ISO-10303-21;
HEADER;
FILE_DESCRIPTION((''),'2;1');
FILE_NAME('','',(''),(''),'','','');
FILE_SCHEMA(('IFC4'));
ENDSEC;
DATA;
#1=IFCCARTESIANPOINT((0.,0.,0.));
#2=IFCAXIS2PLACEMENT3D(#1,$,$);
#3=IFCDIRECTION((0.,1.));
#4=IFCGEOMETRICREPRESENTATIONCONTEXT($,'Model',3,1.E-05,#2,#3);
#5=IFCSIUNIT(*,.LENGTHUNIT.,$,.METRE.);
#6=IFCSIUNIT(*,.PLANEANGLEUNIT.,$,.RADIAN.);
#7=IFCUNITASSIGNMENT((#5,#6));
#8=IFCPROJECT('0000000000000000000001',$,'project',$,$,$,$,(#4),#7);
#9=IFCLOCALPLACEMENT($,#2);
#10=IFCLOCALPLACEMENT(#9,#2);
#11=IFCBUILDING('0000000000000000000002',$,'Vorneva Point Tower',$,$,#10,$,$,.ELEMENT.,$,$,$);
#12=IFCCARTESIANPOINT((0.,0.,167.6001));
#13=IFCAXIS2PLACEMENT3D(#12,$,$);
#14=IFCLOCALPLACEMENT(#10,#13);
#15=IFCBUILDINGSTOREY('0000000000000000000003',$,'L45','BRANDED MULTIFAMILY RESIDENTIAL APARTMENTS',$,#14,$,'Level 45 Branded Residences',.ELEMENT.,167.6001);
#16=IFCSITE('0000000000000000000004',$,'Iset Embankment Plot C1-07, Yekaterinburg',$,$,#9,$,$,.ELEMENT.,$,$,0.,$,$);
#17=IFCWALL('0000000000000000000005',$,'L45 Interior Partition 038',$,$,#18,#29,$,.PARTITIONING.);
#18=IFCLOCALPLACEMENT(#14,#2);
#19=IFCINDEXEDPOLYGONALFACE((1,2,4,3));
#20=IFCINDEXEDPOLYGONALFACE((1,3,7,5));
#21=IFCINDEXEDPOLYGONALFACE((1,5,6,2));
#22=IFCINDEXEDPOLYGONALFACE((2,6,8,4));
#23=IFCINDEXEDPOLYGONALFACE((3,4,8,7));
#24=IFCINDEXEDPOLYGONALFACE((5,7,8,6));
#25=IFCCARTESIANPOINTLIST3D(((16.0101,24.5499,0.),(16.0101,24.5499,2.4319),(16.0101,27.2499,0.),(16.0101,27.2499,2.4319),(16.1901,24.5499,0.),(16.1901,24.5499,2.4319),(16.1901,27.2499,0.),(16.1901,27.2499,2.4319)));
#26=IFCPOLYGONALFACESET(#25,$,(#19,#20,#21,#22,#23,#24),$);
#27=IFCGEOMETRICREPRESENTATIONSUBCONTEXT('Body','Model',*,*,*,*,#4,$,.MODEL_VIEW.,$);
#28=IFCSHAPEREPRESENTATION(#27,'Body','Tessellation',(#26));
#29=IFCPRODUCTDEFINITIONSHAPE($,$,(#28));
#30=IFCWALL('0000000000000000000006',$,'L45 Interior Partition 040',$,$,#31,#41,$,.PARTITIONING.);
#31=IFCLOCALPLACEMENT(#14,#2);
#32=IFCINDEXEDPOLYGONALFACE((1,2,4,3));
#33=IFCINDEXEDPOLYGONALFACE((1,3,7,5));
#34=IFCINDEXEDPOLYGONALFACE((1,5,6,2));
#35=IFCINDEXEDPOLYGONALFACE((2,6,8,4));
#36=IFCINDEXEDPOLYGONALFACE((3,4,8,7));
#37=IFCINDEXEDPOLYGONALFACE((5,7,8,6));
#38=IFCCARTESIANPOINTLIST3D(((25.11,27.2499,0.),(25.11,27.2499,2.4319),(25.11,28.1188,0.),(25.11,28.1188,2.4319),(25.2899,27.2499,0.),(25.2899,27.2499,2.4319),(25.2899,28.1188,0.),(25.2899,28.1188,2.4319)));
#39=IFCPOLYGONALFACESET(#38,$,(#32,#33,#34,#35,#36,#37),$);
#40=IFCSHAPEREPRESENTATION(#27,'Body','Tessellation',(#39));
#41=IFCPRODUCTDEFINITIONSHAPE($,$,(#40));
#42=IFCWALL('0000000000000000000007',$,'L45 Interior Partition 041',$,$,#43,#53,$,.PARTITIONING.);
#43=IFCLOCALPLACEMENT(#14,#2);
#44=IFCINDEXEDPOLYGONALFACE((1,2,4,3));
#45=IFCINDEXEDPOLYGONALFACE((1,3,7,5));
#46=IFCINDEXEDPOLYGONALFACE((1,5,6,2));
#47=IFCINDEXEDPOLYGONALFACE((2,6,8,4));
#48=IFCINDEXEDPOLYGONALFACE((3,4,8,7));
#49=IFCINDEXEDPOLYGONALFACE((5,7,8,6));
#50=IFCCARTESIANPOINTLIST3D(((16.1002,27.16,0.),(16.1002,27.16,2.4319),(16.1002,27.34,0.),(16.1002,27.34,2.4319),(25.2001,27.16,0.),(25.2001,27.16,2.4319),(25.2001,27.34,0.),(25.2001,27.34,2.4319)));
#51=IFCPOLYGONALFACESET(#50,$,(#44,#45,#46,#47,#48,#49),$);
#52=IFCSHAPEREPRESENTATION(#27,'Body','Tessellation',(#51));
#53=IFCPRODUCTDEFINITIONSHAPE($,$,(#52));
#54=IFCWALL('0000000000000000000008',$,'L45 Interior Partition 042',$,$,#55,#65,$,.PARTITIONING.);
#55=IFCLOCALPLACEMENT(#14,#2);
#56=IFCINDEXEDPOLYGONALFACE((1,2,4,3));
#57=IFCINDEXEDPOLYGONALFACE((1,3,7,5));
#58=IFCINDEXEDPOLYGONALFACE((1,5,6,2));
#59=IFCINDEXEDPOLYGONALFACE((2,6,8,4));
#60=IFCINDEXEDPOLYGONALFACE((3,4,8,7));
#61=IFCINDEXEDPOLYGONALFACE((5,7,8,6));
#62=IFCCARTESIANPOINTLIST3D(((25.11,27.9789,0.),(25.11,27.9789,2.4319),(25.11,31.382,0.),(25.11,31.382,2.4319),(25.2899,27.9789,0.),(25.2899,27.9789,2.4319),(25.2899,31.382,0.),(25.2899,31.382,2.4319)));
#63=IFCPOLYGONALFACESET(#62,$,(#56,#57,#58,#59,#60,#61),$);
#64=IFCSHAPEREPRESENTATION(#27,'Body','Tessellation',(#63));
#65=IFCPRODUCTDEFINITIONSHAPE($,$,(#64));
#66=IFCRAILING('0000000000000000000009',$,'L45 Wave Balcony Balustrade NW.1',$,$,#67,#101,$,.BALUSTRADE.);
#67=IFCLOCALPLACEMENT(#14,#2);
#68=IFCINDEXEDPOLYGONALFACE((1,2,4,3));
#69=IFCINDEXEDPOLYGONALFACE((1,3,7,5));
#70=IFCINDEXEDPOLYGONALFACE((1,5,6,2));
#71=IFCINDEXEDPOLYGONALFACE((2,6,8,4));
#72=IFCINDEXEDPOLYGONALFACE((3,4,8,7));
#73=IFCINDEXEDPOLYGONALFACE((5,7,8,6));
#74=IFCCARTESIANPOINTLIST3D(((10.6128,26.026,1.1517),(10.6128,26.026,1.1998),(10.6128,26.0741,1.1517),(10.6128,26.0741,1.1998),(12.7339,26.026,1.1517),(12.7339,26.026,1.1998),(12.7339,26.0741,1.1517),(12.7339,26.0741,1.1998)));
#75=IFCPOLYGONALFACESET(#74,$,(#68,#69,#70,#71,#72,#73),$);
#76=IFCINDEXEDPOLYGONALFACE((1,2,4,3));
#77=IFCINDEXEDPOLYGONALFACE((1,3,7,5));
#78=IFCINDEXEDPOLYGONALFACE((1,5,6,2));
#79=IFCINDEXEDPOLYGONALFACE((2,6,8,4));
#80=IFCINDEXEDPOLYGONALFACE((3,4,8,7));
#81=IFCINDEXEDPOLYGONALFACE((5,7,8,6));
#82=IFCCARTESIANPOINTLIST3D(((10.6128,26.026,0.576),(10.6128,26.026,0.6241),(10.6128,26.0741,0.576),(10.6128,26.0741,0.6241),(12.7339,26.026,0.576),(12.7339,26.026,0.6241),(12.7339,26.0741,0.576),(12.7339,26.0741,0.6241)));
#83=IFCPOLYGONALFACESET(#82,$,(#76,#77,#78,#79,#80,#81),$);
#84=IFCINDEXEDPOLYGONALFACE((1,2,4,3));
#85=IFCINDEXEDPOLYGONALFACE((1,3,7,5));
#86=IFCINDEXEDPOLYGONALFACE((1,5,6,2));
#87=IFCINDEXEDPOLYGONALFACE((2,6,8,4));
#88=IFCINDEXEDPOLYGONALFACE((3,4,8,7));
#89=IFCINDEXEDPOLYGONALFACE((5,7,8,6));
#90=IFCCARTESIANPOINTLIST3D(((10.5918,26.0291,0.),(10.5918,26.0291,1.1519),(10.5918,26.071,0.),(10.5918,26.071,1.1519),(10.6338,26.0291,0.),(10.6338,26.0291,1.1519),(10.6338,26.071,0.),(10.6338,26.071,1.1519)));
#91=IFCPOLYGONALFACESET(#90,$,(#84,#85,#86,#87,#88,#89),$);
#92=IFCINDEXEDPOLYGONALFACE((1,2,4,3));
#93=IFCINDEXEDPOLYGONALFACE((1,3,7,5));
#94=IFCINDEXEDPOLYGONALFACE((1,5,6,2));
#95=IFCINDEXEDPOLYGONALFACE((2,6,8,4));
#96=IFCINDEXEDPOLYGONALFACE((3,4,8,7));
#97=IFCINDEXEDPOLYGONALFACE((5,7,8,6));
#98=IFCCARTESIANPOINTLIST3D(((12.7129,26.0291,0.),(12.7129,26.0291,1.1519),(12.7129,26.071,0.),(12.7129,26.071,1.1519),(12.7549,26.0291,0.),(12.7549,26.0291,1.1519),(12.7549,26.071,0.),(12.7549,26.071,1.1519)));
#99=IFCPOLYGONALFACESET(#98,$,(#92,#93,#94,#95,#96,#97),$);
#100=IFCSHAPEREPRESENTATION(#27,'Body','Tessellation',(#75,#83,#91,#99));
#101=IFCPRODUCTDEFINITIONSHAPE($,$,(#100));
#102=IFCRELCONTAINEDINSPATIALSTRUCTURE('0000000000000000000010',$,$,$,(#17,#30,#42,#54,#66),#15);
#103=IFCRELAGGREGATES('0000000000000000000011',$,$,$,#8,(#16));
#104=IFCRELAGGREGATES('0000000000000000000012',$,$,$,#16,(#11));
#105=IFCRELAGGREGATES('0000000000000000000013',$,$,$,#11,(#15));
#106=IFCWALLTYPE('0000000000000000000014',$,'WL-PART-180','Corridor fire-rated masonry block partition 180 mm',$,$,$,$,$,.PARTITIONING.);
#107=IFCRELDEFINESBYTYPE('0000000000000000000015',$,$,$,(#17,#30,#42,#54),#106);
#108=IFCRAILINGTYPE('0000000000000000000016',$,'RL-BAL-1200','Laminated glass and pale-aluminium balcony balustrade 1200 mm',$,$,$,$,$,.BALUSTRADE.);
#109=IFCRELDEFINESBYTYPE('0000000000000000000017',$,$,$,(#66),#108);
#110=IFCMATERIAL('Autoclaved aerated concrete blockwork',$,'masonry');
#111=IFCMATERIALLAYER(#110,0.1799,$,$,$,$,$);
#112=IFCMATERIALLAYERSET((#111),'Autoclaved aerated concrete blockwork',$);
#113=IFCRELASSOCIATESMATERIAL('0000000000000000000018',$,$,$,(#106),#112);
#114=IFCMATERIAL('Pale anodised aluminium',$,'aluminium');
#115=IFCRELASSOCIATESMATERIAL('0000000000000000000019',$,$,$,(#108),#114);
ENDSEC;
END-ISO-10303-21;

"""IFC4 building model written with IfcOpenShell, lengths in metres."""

from ifc_helpers import new_model, si_unit, direction, frame, frame_2d, origin, origin_2d, place, context, subcontext, project, spatial, rectangle, extrude, material, layer, layer_set, type_object, element, save


model = new_model("IFC4")

# Units and contexts
model_context = context("Model", 3, precision=1e-05, world=origin(), true_north=direction((0.0, 1.0)))
body_context = subcontext(model_context, "Body", "Model", "MODEL_VIEW")
ifc_project = project(units=[si_unit("LENGTHUNIT", "METRE"), si_unit("PLANEANGLEUNIT", "RADIAN")], contexts=[model_context])

# Site, building, storey
site_placement = place(None, origin())
site = spatial("IfcSite", under=ifc_project, at=site_placement, Name="Iset Embankment Plot C1-07, Yekaterinburg", CompositionType="ELEMENT", RefElevation=0.0)
building_placement = place(site_placement, origin())
building = spatial("IfcBuilding", under=site, at=building_placement, Name="Vorneva Point Tower", CompositionType="ELEMENT")
storey_placement = place(building_placement, frame((0.0, 0.0, 167.6001)))
storey = spatial("IfcBuildingStorey", under=building, at=storey_placement, Name="L45", Description="BRANDED MULTIFAMILY RESIDENTIAL APARTMENTS", LongName="Level 45 Branded Residences", CompositionType="ELEMENT", Elevation=167.6001)

# Shared definitions
ifc_material_1 = material(Name="Pale anodised aluminium", Category="aluminium")

# Walls
ifc_material_2 = material(Name="Autoclaved aerated concrete blockwork", Category="masonry")
ifc_layer_1 = layer(ifc_material_2, 0.1799)
ifc_layer_set_1 = layer_set([ifc_layer_1], Name="Autoclaved aerated concrete blockwork")
wall_type_1 = type_object("IfcWallType", Name="WL-PART-180", Description="Corridor fire-rated masonry block partition 180 mm", PredefinedType="PARTITIONING", material=ifc_layer_set_1)
wall_1_placement = place(storey_placement, frame((16.1001, 27.25, 0.0), z_axis=(0.0, 0.0, 1.0), x_axis=(0.0, -1.0, 0.0)))
element("IfcWall", 1, at=wall_1_placement, inside=storey, type_object=wall_type_1, Name="L45 Interior Partition 038", PredefinedType="PARTITIONING", context=body_context, shape_type="SweptSolid", body=[
    extrude(rectangle(XDim=2.7, YDim=0.1799, at=frame_2d((1.3501, 0.0))), origin(), (0.0, 0.0, 1.0), 2.4319),
])
wall_2_placement = place(storey_placement, frame((25.2, 28.1189, 0.0), z_axis=(0.0, 0.0, 1.0), x_axis=(0.0, -1.0, 0.0)))
element("IfcWall", 2, at=wall_2_placement, inside=storey, type_object=wall_type_1, Name="L45 Interior Partition 040", PredefinedType="PARTITIONING", context=body_context, shape_type="SweptSolid", body=[
    extrude(rectangle(XDim=0.8689, YDim=0.1799, at=frame_2d((0.4346, 0.0))), origin(), (0.0, 0.0, 1.0), 2.4319),
])
wall_3_placement = place(storey_placement, frame((25.2, 27.25, 0.0), z_axis=(0.0, 0.0, 1.0), x_axis=(-1.0, 0.0, 0.0)))
element("IfcWall", 3, at=wall_3_placement, inside=storey, type_object=wall_type_1, Name="L45 Interior Partition 041", PredefinedType="PARTITIONING", context=body_context, shape_type="SweptSolid", body=[
    extrude(rectangle(XDim=9.0999, YDim=0.1799, at=frame_2d((4.5498, 0.0))), origin(), (0.0, 0.0, 1.0), 2.4319),
])
wall_4_placement = place(storey_placement, frame((25.2, 31.3821, 0.0), z_axis=(0.0, 0.0, 1.0), x_axis=(0.0, -1.0, 0.0)))
element("IfcWall", 4, at=wall_4_placement, inside=storey, type_object=wall_type_1, Name="L45 Interior Partition 042", PredefinedType="PARTITIONING", context=body_context, shape_type="SweptSolid", body=[
    extrude(rectangle(XDim=3.4031, YDim=0.1799, at=frame_2d((1.7017, 0.0))), origin(), (0.0, 0.0, 1.0), 2.4319),
])

# Railing
railing_type = type_object("IfcRailingType", Name="RL-BAL-1200", Description="Laminated glass and pale-aluminium balcony balustrade 1200 mm", PredefinedType="BALUSTRADE", material=ifc_material_1)
railing_placement = place(storey_placement, frame((10.6128, 26.05, 0.0)))
element("IfcRailing", 5, at=railing_placement, inside=storey, type_object=railing_type, Name="L45 Wave Balcony Balustrade NW.1", PredefinedType="BALUSTRADE", context=body_context, shape_type="SweptSolid", body=[
    extrude(rectangle(XDim=0.0481, YDim=0.0481, at=origin_2d()), frame((0.0, 0.0, 1.1758), z_axis=(1.0, 0.0, 0.0), x_axis=(0.0, 1.0, 0.0)), (0.0, 0.0, 1.0), 2.1211),
    extrude(rectangle(XDim=0.0481, YDim=0.0481, at=origin_2d()), frame((0.0, 0.0, 0.6001), z_axis=(1.0, 0.0, 0.0), x_axis=(0.0, 1.0, 0.0)), (0.0, 0.0, 1.0), 2.1211),
    extrude(rectangle(XDim=0.042, YDim=0.042, at=origin_2d()), origin(), (0.0, 0.0, 1.0), 1.1519),
    extrude(rectangle(XDim=0.042, YDim=0.042, at=origin_2d()), frame((2.1211, 0.0, 0.0)), (0.0, 0.0, 1.0), 1.1519),
])

save(model, "model.ifc")
